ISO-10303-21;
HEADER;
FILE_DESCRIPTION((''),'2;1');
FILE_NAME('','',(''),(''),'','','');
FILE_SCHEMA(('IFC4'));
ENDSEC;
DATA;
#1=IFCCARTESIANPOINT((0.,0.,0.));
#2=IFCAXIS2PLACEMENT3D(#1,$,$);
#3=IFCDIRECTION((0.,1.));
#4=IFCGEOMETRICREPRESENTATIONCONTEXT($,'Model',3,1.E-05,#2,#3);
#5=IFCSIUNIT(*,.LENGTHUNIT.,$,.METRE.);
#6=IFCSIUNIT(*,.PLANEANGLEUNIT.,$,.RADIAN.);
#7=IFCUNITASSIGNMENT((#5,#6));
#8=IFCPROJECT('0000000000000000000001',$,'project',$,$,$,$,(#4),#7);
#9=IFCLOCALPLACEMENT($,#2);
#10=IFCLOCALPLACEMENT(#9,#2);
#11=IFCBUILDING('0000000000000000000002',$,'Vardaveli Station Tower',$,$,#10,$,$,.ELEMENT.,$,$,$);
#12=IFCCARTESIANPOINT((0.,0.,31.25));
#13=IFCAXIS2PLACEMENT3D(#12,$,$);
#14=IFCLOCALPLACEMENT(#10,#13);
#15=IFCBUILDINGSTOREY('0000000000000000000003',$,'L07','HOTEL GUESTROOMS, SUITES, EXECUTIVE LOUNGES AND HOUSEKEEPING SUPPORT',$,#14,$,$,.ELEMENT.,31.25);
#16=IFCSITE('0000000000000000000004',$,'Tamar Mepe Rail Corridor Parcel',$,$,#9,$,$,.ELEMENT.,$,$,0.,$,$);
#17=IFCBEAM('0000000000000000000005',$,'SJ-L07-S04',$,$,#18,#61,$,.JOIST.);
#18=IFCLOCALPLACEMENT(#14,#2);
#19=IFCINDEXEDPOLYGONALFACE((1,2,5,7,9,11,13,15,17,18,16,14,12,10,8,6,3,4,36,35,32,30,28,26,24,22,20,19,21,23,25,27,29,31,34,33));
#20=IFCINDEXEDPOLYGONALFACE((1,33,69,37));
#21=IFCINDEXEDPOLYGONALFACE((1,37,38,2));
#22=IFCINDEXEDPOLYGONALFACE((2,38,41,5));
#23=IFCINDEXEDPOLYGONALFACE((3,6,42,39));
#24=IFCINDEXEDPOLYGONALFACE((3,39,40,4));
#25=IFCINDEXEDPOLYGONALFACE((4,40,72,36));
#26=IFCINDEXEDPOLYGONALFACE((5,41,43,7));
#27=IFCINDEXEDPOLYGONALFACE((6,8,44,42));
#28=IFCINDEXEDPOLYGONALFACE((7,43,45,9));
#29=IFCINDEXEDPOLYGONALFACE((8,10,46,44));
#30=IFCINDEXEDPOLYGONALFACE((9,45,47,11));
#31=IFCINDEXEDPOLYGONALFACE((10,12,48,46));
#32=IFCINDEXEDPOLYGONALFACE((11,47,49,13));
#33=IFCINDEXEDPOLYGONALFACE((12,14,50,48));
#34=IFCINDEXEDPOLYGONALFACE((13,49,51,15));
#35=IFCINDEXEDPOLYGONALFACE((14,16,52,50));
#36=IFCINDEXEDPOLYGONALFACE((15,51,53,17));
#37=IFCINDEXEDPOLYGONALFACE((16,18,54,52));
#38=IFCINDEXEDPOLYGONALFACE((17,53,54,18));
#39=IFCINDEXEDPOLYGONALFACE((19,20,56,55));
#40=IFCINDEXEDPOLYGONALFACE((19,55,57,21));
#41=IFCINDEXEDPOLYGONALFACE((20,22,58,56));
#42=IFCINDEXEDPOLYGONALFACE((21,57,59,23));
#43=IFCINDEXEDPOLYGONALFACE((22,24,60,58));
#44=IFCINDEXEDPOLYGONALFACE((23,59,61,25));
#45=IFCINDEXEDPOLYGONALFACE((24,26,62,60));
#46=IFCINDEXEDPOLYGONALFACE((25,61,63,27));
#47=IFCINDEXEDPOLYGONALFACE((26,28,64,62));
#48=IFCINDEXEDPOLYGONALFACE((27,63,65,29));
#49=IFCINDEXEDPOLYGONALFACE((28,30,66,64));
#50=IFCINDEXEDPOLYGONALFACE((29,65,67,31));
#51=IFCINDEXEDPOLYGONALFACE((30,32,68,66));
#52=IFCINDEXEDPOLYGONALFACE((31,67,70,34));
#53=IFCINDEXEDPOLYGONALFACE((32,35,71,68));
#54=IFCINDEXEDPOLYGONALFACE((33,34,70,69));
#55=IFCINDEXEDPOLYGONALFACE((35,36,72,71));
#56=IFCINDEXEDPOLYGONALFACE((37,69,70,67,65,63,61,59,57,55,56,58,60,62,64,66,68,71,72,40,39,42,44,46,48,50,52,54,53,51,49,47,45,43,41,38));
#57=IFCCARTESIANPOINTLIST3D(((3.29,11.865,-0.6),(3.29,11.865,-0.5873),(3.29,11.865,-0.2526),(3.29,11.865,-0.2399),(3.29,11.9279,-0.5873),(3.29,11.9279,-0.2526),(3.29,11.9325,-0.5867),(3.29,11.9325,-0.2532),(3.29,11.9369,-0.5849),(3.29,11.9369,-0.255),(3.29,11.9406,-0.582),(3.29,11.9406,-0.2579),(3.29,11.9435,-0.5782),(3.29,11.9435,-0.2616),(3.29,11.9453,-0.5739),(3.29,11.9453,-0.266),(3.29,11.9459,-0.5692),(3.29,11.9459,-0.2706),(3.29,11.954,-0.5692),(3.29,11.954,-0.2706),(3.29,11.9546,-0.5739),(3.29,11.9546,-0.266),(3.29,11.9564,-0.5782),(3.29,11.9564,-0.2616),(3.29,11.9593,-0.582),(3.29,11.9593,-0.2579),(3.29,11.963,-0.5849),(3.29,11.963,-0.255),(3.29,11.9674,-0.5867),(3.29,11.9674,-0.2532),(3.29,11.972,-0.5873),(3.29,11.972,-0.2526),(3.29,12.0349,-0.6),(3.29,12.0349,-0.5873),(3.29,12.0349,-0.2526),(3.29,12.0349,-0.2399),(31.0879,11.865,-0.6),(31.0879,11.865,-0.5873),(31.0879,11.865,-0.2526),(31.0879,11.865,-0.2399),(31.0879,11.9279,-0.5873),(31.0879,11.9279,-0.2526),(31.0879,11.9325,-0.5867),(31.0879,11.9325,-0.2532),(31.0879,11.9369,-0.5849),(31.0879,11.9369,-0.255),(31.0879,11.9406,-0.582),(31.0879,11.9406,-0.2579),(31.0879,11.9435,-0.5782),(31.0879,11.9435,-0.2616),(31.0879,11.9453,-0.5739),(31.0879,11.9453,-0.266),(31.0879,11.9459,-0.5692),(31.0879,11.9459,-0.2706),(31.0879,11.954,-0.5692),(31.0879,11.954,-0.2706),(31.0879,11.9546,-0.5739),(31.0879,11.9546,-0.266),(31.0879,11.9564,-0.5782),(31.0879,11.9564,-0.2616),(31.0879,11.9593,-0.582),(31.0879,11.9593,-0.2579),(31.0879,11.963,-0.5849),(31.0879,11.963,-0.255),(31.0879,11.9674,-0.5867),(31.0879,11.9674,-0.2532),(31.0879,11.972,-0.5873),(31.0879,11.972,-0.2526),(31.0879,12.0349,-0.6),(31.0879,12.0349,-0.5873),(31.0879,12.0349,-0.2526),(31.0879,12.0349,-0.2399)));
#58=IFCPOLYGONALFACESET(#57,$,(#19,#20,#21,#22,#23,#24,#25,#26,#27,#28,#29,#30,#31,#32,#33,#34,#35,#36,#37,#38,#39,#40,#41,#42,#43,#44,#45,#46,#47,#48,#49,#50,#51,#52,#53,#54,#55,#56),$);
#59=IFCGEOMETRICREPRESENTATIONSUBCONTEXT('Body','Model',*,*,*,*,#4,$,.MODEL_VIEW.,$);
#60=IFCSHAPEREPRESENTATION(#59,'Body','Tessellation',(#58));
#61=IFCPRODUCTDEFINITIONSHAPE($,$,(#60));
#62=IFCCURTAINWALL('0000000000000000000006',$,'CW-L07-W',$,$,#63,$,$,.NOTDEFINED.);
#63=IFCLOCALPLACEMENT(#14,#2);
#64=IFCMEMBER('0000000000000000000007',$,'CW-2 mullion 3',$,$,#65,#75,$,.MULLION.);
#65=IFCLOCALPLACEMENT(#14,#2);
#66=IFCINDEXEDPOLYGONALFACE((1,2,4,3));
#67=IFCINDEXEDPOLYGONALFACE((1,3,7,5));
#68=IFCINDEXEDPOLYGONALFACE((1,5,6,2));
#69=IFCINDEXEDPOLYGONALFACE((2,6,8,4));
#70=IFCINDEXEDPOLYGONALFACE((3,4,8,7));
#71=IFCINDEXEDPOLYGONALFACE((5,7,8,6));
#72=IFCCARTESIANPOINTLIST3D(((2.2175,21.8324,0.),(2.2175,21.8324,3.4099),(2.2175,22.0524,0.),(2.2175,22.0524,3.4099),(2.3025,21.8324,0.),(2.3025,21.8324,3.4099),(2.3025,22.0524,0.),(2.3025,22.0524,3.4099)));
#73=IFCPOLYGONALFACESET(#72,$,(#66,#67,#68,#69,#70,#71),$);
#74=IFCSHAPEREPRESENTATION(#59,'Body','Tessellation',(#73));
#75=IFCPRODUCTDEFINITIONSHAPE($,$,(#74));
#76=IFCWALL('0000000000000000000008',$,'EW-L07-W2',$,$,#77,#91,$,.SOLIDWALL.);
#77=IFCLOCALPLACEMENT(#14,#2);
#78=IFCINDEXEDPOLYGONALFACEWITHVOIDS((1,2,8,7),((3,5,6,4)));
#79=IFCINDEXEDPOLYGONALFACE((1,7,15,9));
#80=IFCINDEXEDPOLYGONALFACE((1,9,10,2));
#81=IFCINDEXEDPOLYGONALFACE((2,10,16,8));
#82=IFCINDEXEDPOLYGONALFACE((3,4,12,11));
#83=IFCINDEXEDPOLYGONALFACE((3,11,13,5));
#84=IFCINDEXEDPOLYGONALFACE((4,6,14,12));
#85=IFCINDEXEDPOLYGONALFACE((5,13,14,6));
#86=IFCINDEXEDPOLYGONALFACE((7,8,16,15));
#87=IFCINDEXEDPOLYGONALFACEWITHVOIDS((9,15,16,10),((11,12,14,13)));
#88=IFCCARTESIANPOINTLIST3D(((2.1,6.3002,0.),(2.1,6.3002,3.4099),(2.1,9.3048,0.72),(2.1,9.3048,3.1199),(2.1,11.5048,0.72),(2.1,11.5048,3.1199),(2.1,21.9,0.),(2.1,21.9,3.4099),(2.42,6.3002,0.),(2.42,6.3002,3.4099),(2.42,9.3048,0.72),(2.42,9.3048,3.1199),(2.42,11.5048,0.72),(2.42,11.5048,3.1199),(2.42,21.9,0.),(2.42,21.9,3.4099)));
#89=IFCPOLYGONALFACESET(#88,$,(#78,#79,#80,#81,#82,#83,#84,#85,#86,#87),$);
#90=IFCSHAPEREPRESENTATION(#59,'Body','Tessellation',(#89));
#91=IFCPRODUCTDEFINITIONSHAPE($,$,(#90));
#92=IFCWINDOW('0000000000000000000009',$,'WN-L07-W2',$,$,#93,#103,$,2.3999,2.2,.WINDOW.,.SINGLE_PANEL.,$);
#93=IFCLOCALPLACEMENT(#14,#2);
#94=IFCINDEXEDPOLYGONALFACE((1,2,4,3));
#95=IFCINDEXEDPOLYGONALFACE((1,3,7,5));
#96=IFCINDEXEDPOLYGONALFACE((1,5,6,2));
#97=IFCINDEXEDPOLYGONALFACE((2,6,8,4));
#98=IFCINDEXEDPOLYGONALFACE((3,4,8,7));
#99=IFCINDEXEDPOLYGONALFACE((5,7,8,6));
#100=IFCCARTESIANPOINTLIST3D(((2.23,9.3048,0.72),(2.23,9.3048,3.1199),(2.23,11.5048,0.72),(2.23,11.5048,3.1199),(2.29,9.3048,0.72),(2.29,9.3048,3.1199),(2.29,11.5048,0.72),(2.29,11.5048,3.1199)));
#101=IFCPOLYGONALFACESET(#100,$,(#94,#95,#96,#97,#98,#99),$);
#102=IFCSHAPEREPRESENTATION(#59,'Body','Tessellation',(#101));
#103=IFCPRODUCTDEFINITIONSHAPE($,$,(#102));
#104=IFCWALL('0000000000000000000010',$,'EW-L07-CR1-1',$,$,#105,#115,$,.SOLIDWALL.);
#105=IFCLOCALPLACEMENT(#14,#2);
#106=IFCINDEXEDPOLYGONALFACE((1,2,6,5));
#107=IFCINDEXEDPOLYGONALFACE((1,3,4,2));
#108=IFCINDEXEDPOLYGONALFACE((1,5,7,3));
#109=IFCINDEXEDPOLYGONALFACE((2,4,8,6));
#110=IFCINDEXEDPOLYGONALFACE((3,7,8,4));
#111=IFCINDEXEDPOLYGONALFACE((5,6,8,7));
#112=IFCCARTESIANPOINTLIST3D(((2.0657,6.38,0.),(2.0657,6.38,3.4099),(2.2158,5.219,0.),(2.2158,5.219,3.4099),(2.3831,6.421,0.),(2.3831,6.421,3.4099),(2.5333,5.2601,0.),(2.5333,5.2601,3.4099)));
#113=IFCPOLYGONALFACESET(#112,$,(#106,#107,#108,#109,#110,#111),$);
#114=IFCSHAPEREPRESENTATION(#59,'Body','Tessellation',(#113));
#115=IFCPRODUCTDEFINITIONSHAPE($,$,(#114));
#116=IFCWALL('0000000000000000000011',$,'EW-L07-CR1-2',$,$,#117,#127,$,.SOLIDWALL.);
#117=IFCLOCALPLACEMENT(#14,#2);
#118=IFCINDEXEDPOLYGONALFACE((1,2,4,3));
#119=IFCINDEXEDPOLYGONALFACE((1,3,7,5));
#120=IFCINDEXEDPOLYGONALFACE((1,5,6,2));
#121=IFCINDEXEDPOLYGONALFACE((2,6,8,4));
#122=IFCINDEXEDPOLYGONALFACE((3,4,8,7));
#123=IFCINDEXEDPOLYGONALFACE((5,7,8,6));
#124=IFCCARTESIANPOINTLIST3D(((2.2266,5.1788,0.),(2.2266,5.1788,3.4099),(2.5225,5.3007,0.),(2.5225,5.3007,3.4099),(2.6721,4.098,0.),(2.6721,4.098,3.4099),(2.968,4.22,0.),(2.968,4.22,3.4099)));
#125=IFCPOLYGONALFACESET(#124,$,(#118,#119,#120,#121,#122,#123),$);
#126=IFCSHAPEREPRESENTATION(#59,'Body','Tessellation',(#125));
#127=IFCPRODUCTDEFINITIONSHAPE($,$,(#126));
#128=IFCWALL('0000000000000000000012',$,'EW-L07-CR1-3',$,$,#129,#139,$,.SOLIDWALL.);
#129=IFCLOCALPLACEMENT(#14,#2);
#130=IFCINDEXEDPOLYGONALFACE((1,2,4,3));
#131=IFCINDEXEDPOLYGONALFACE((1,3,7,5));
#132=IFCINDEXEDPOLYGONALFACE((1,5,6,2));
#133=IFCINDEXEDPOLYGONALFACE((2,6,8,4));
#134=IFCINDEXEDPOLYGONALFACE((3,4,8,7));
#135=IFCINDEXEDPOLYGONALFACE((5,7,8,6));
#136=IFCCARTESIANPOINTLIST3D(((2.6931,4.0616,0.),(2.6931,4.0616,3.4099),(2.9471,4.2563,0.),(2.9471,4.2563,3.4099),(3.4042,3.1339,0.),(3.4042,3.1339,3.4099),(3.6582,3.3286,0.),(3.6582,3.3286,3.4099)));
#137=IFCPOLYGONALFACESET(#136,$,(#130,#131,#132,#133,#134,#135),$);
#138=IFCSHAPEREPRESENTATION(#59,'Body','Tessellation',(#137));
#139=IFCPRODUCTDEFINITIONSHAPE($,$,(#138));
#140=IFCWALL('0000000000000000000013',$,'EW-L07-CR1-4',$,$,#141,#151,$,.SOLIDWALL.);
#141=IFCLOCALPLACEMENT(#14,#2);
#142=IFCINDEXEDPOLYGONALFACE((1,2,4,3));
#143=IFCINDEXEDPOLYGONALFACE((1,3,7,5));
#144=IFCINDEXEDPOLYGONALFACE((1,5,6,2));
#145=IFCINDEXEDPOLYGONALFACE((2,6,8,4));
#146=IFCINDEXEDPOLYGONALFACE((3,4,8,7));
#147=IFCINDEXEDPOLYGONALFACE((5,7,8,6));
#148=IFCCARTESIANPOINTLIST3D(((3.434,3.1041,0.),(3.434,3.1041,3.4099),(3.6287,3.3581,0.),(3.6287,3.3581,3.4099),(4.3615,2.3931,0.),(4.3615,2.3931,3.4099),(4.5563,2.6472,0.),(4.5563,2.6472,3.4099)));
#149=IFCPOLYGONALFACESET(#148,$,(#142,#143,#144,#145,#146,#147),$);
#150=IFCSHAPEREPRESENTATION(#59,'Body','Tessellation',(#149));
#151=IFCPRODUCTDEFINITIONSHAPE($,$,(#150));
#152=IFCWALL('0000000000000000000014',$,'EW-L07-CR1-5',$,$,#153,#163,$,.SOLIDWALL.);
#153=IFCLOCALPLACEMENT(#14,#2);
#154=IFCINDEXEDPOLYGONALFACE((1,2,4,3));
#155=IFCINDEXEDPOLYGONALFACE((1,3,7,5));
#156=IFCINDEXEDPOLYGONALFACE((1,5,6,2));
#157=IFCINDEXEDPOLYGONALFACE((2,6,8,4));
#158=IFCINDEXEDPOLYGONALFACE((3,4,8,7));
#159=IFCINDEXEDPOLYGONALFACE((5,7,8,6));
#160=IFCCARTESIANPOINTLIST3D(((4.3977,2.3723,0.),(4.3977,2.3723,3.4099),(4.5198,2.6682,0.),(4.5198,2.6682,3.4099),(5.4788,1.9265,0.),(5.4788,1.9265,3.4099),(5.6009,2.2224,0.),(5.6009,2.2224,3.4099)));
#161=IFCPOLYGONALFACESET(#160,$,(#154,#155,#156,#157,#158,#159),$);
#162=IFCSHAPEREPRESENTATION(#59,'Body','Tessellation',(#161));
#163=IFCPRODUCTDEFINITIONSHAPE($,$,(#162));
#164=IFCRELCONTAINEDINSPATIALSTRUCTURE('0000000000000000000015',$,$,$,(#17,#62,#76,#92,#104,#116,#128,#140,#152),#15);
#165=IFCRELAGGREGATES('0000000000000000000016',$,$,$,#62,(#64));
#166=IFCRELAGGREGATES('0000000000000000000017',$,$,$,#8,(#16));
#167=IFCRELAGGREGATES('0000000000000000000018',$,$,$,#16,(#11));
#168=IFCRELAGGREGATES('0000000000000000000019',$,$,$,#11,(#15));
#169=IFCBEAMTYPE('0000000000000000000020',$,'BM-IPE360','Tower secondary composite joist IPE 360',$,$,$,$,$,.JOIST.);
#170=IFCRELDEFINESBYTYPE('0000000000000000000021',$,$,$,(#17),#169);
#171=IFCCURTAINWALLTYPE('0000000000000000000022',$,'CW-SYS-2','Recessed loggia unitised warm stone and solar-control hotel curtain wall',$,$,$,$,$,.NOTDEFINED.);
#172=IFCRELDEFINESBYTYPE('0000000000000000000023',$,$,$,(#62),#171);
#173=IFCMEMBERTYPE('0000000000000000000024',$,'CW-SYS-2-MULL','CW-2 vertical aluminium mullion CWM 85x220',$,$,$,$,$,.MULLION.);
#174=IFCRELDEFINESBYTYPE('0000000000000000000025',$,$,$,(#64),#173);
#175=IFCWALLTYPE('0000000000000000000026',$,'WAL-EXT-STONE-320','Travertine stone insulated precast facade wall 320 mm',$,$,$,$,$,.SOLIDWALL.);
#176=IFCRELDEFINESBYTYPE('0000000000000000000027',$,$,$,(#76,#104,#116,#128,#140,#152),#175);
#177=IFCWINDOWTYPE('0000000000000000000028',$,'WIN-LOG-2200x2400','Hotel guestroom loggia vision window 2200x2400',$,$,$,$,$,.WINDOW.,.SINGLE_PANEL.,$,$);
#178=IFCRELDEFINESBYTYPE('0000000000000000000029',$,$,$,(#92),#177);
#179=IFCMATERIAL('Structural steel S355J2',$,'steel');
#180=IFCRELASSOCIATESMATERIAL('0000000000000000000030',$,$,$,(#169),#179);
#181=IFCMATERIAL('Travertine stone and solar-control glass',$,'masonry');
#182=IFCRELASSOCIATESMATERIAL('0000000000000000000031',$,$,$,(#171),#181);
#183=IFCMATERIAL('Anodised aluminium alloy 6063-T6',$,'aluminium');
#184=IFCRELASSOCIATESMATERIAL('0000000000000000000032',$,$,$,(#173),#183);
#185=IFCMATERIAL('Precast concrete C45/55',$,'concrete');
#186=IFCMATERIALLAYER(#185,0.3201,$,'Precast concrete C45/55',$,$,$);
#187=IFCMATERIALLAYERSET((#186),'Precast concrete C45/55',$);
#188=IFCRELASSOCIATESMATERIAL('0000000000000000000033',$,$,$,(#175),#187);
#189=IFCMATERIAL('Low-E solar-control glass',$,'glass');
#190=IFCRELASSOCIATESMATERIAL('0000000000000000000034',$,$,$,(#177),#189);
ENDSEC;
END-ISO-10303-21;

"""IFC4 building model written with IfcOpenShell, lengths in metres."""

from ifc_helpers import new_model, si_unit, direction, frame, frame_2d, origin, origin_2d, place, context, subcontext, project, spatial, rectangle, i_section, extrude, source, transform, mapped, material, layer, layer_set, material_profile, profile_set, type_object, element, fill, aggregate, save


model = new_model("IFC4")

# Units and contexts
model_context = context("Model", 3, precision=1e-05, world=origin(), true_north=direction((0.0, 1.0)))
body_context = subcontext(model_context, "Body", "Model", "MODEL_VIEW")
ifc_project = project(units=[si_unit("LENGTHUNIT", "METRE"), si_unit("PLANEANGLEUNIT", "RADIAN")], contexts=[model_context])

# Site, building, storey
site_placement = place(None, origin())
site = spatial("IfcSite", under=ifc_project, at=site_placement, Name="Tamar Mepe Rail Corridor Parcel", CompositionType="ELEMENT", RefElevation=0.0)
building_placement = place(site_placement, origin())
building = spatial("IfcBuilding", under=site, at=building_placement, Name="Vardaveli Station Tower", CompositionType="ELEMENT")
storey_placement = place(building_placement, frame((0.0, 0.0, 31.25)))
storey = spatial("IfcBuildingStorey", under=building, at=storey_placement, Name="L07", Description="HOTEL GUESTROOMS, SUITES, EXECUTIVE LOUNGES AND HOUSEKEEPING SUPPORT", CompositionType="ELEMENT", Elevation=31.25)

# Beam
ifc_material_1 = material(Name="Precast concrete C45/55", Category="concrete")
ifc_material_2 = material(Name="Structural steel S355J2", Category="steel")
ifc_material_profile_1 = material_profile(ifc_material_2, i_section(OverallWidth=0.1699, OverallDepth=0.3601, WebThickness=0.0081, FlangeThickness=0.0127, FilletRadius=0.0181, at=origin_2d()), Name="IPE 360")
ifc_profile_set_1 = profile_set([ifc_material_profile_1], Name="Structural steel S355J2")
beam_type_1 = type_object("IfcBeamType", Name="BM-IPE360", Description="Tower secondary composite joist IPE 360", PredefinedType="JOIST", material=ifc_profile_set_1)
shared_shape_1 = source(origin(), body_context, "Body", "SweptSolid", [
    extrude(i_section(OverallWidth=0.1699, OverallDepth=0.3601, WebThickness=0.0081, FlangeThickness=0.0127, FilletRadius=0.0181, at=origin_2d()), origin(), (0.0, 0.0, 1.0), 27.7979),
])
for number, where, z_axis, x_axis, name in (
    (1, (3.29, 11.95, -0.4199), (1.0, 0.0, 0.0), (0.0, 1.0, 0.0), "SJ-L07-S04"),
):
    element("IfcBeam", number, at=place(storey_placement, frame(where, z_axis=z_axis, x_axis=x_axis)), inside=storey, type_object=beam_type_1, Name=name, PredefinedType="JOIST", context=body_context, shape_type="MappedRepresentation", body=[
        mapped(shared_shape_1, transform((0.0, 0.0, 0.0), scale=1.0)),
    ])

# Curtain wall, member
ifc_material_3 = material(Name="Travertine stone and solar-control glass", Category="masonry")
curtain_wall_type = type_object("IfcCurtainWallType", Name="CW-SYS-2", Description="Recessed loggia unitised warm stone and solar-control hotel curtain wall", PredefinedType="NOTDEFINED", material=ifc_material_3)
curtain_wall_placement = place(storey_placement, origin())
curtain_wall = element("IfcCurtainWall", 2, at=curtain_wall_placement, inside=storey, type_object=curtain_wall_type, Name="CW-L07-W", PredefinedType="NOTDEFINED")
ifc_material_4 = material(Name="Anodised aluminium alloy 6063-T6", Category="aluminium")
ifc_material_profile_2 = material_profile(ifc_material_4, rectangle(XDim=0.085, YDim=0.22, at=origin_2d()), Name="CWM 85x220")
ifc_profile_set_2 = profile_set([ifc_material_profile_2], Name="Anodised aluminium alloy 6063-T6")
member_type = type_object("IfcMemberType", Name="CW-SYS-2-MULL", Description="CW-2 vertical aluminium mullion CWM 85x220", PredefinedType="MULLION", material=ifc_profile_set_2)
shared_shape_2 = source(origin(), body_context, "Body", "SweptSolid", [
    extrude(rectangle(XDim=0.085, YDim=0.22, at=origin_2d()), origin(), (0.0, 0.0, 1.0), 3.4099),
])
member_placement = place(storey_placement, frame((2.26, 21.9424, 0.0), z_axis=(0.0, 0.0, 1.0), x_axis=(1.0, 0.0, 0.0)))
member = element("IfcMember", 3, at=member_placement, type_object=member_type, Name="CW-2 mullion 3", PredefinedType="MULLION", context=body_context, shape_type="MappedRepresentation", body=[
    mapped(shared_shape_2, transform((0.0, 0.0, 0.0), scale=1.0)),
])
aggregate(curtain_wall, [member])

# Wall, opening, window
ifc_layer_1 = layer(ifc_material_1, 0.3201, Name="Precast concrete C45/55")
ifc_layer_set_1 = layer_set([ifc_layer_1], Name="Precast concrete C45/55")
wall_type_1 = type_object("IfcWallType", Name="WAL-EXT-STONE-320", Description="Travertine stone insulated precast facade wall 320 mm", PredefinedType="SOLIDWALL", material=ifc_layer_set_1)
shared_shape_3 = source(origin(), body_context, "Body", "SweptSolid", [
    extrude(rectangle(XDim=15.5999, YDim=0.3201, at=frame_2d((7.7998, 0.0))), origin(), (0.0, 0.0, 1.0), 3.4099),
])
wall_1_placement = place(storey_placement, frame((2.26, 21.8999, 0.0), z_axis=(0.0, 0.0, 1.0), x_axis=(0.0, -1.0, 0.0)))
wall_1 = element("IfcWall", 4, at=wall_1_placement, inside=storey, type_object=wall_type_1, Name="EW-L07-W2", PredefinedType="SOLIDWALL", context=body_context, shape_type="MappedRepresentation", body=[
    mapped(shared_shape_3, transform((0.0, 0.0, 0.0), scale=1.0)),
])
shared_shape_4 = source(origin(), body_context, "Body", "SweptSolid", [
    extrude(rectangle(XDim=2.2, YDim=2.3999, at=frame_2d((1.1001, 1.2))), frame((0.0, 0.1699, 0.0), z_axis=(0.0, -1.0, 0.0), x_axis=(1.0, 0.0, 0.0)), (0.0, 0.0, 1.0), 0.3401),
])
opening_1_placement = place(wall_1_placement, frame((10.395, 0.0, 0.72)))
opening_1 = element("IfcOpeningElement", 5, at=opening_1_placement, cuts=wall_1, PredefinedType="OPENING", context=body_context, shape_type="MappedRepresentation", body=[
    mapped(shared_shape_4, transform((0.0, 0.0, 0.0), scale=1.0)),
])
ifc_material_5 = material(Name="Low-E solar-control glass", Category="glass")
window_type = type_object("IfcWindowType", Name="WIN-LOG-2200x2400", Description="Hotel guestroom loggia vision window 2200x2400", PartitioningType="SINGLE_PANEL", PredefinedType="WINDOW", material=ifc_material_5)
shared_shape_5 = source(origin(), body_context, "Body", "SweptSolid", [
    extrude(rectangle(XDim=2.2, YDim=2.3999, at=frame_2d((1.1001, 1.2))), frame((0.0, 0.03, 0.0), z_axis=(0.0, -1.0, 0.0), x_axis=(1.0, 0.0, 0.0)), (0.0, 0.0, 1.0), 0.0601),
])
window_placement = place(opening_1_placement, origin())
window = element("IfcWindow", 6, at=window_placement, inside=storey, type_object=window_type, Name="WN-L07-W2", OverallHeight=2.3999, OverallWidth=2.2, PartitioningType="SINGLE_PANEL", PredefinedType="WINDOW", context=body_context, shape_type="MappedRepresentation", body=[
    mapped(shared_shape_5, transform((0.0, 0.0, 0.0), scale=1.0)),
])
fill(opening_1, window)

# Walls
shared_shape_6 = source(origin(), body_context, "Body", "SweptSolid", [
    extrude(rectangle(XDim=1.1707, YDim=0.3201, at=frame_2d((0.5854, 0.0))), origin(), (0.0, 0.0, 1.0), 3.4099),
])
wall_2_placement = place(storey_placement, frame((2.2244, 6.4006, 0.0), z_axis=(0.0, 0.0, 1.0), x_axis=(0.128269, -0.991739, 0.0)))
element("IfcWall", 7, at=wall_2_placement, inside=storey, type_object=wall_type_1, Name="EW-L07-CR1-1", PredefinedType="SOLIDWALL", context=body_context, shape_type="MappedRepresentation", body=[
    mapped(shared_shape_6, transform((0.0, 0.0, 0.0), scale=1.0)),
])
shared_shape_7 = source(origin(), body_context, "Body", "SweptSolid", [
    extrude(rectangle(XDim=1.1689, YDim=0.3201, at=frame_2d((0.5845, 0.0))), origin(), (0.0, 0.0, 1.0), 3.4099),
])
for number, where, z_axis, x_axis, name in (
    (8, (2.3745, 5.2397, 0.0), (0.0, 0.0, 1.0), (0.381128, -0.924522, 0.0), "EW-L07-CR1-2"),
    (9, (2.8201, 4.1589, 0.0), (0.0, 0.0, 1.0), (0.608388, -0.79364, 0.0), "EW-L07-CR1-3"),
):
    element("IfcWall", number, at=place(storey_placement, frame(where, z_axis=z_axis, x_axis=x_axis)), inside=storey, type_object=wall_type_1, Name=name, PredefinedType="SOLIDWALL", context=body_context, shape_type="MappedRepresentation", body=[
        mapped(shared_shape_7, transform((0.0, 0.0, 0.0), scale=1.0)),
    ])
shared_shape_8 = source(origin(), body_context, "Body", "SweptSolid", [
    extrude(rectangle(XDim=1.1687, YDim=0.3201, at=frame_2d((0.5845, 0.0))), origin(), (0.0, 0.0, 1.0), 3.4099),
])
wall_3_placement = place(storey_placement, frame((3.5312, 3.2312, 0.0), z_axis=(0.0, 0.0, 1.0), x_axis=(0.793664, -0.608357, 0.0)))
element("IfcWall", 10, at=wall_3_placement, inside=storey, type_object=wall_type_1, Name="EW-L07-CR1-4", PredefinedType="SOLIDWALL", context=body_context, shape_type="MappedRepresentation", body=[
    mapped(shared_shape_8, transform((0.0, 0.0, 0.0), scale=1.0)),
])
shared_shape_9 = source(origin(), body_context, "Body", "SweptSolid", [
    extrude(rectangle(XDim=1.1694, YDim=0.3201, at=frame_2d((0.5847, 0.0))), origin(), (0.0, 0.0, 1.0), 3.4099),
])
wall_4_placement = place(storey_placement, frame((4.4587, 2.5203, 0.0), z_axis=(0.0, 0.0, 1.0), x_axis=(0.924479, -0.381233, 0.0)))
element("IfcWall", 11, at=wall_4_placement, inside=storey, type_object=wall_type_1, Name="EW-L07-CR1-5", PredefinedType="SOLIDWALL", context=body_context, shape_type="MappedRepresentation", body=[
    mapped(shared_shape_9, transform((0.0, 0.0, 0.0), scale=1.0)),
])

save(model, "model.ifc")
